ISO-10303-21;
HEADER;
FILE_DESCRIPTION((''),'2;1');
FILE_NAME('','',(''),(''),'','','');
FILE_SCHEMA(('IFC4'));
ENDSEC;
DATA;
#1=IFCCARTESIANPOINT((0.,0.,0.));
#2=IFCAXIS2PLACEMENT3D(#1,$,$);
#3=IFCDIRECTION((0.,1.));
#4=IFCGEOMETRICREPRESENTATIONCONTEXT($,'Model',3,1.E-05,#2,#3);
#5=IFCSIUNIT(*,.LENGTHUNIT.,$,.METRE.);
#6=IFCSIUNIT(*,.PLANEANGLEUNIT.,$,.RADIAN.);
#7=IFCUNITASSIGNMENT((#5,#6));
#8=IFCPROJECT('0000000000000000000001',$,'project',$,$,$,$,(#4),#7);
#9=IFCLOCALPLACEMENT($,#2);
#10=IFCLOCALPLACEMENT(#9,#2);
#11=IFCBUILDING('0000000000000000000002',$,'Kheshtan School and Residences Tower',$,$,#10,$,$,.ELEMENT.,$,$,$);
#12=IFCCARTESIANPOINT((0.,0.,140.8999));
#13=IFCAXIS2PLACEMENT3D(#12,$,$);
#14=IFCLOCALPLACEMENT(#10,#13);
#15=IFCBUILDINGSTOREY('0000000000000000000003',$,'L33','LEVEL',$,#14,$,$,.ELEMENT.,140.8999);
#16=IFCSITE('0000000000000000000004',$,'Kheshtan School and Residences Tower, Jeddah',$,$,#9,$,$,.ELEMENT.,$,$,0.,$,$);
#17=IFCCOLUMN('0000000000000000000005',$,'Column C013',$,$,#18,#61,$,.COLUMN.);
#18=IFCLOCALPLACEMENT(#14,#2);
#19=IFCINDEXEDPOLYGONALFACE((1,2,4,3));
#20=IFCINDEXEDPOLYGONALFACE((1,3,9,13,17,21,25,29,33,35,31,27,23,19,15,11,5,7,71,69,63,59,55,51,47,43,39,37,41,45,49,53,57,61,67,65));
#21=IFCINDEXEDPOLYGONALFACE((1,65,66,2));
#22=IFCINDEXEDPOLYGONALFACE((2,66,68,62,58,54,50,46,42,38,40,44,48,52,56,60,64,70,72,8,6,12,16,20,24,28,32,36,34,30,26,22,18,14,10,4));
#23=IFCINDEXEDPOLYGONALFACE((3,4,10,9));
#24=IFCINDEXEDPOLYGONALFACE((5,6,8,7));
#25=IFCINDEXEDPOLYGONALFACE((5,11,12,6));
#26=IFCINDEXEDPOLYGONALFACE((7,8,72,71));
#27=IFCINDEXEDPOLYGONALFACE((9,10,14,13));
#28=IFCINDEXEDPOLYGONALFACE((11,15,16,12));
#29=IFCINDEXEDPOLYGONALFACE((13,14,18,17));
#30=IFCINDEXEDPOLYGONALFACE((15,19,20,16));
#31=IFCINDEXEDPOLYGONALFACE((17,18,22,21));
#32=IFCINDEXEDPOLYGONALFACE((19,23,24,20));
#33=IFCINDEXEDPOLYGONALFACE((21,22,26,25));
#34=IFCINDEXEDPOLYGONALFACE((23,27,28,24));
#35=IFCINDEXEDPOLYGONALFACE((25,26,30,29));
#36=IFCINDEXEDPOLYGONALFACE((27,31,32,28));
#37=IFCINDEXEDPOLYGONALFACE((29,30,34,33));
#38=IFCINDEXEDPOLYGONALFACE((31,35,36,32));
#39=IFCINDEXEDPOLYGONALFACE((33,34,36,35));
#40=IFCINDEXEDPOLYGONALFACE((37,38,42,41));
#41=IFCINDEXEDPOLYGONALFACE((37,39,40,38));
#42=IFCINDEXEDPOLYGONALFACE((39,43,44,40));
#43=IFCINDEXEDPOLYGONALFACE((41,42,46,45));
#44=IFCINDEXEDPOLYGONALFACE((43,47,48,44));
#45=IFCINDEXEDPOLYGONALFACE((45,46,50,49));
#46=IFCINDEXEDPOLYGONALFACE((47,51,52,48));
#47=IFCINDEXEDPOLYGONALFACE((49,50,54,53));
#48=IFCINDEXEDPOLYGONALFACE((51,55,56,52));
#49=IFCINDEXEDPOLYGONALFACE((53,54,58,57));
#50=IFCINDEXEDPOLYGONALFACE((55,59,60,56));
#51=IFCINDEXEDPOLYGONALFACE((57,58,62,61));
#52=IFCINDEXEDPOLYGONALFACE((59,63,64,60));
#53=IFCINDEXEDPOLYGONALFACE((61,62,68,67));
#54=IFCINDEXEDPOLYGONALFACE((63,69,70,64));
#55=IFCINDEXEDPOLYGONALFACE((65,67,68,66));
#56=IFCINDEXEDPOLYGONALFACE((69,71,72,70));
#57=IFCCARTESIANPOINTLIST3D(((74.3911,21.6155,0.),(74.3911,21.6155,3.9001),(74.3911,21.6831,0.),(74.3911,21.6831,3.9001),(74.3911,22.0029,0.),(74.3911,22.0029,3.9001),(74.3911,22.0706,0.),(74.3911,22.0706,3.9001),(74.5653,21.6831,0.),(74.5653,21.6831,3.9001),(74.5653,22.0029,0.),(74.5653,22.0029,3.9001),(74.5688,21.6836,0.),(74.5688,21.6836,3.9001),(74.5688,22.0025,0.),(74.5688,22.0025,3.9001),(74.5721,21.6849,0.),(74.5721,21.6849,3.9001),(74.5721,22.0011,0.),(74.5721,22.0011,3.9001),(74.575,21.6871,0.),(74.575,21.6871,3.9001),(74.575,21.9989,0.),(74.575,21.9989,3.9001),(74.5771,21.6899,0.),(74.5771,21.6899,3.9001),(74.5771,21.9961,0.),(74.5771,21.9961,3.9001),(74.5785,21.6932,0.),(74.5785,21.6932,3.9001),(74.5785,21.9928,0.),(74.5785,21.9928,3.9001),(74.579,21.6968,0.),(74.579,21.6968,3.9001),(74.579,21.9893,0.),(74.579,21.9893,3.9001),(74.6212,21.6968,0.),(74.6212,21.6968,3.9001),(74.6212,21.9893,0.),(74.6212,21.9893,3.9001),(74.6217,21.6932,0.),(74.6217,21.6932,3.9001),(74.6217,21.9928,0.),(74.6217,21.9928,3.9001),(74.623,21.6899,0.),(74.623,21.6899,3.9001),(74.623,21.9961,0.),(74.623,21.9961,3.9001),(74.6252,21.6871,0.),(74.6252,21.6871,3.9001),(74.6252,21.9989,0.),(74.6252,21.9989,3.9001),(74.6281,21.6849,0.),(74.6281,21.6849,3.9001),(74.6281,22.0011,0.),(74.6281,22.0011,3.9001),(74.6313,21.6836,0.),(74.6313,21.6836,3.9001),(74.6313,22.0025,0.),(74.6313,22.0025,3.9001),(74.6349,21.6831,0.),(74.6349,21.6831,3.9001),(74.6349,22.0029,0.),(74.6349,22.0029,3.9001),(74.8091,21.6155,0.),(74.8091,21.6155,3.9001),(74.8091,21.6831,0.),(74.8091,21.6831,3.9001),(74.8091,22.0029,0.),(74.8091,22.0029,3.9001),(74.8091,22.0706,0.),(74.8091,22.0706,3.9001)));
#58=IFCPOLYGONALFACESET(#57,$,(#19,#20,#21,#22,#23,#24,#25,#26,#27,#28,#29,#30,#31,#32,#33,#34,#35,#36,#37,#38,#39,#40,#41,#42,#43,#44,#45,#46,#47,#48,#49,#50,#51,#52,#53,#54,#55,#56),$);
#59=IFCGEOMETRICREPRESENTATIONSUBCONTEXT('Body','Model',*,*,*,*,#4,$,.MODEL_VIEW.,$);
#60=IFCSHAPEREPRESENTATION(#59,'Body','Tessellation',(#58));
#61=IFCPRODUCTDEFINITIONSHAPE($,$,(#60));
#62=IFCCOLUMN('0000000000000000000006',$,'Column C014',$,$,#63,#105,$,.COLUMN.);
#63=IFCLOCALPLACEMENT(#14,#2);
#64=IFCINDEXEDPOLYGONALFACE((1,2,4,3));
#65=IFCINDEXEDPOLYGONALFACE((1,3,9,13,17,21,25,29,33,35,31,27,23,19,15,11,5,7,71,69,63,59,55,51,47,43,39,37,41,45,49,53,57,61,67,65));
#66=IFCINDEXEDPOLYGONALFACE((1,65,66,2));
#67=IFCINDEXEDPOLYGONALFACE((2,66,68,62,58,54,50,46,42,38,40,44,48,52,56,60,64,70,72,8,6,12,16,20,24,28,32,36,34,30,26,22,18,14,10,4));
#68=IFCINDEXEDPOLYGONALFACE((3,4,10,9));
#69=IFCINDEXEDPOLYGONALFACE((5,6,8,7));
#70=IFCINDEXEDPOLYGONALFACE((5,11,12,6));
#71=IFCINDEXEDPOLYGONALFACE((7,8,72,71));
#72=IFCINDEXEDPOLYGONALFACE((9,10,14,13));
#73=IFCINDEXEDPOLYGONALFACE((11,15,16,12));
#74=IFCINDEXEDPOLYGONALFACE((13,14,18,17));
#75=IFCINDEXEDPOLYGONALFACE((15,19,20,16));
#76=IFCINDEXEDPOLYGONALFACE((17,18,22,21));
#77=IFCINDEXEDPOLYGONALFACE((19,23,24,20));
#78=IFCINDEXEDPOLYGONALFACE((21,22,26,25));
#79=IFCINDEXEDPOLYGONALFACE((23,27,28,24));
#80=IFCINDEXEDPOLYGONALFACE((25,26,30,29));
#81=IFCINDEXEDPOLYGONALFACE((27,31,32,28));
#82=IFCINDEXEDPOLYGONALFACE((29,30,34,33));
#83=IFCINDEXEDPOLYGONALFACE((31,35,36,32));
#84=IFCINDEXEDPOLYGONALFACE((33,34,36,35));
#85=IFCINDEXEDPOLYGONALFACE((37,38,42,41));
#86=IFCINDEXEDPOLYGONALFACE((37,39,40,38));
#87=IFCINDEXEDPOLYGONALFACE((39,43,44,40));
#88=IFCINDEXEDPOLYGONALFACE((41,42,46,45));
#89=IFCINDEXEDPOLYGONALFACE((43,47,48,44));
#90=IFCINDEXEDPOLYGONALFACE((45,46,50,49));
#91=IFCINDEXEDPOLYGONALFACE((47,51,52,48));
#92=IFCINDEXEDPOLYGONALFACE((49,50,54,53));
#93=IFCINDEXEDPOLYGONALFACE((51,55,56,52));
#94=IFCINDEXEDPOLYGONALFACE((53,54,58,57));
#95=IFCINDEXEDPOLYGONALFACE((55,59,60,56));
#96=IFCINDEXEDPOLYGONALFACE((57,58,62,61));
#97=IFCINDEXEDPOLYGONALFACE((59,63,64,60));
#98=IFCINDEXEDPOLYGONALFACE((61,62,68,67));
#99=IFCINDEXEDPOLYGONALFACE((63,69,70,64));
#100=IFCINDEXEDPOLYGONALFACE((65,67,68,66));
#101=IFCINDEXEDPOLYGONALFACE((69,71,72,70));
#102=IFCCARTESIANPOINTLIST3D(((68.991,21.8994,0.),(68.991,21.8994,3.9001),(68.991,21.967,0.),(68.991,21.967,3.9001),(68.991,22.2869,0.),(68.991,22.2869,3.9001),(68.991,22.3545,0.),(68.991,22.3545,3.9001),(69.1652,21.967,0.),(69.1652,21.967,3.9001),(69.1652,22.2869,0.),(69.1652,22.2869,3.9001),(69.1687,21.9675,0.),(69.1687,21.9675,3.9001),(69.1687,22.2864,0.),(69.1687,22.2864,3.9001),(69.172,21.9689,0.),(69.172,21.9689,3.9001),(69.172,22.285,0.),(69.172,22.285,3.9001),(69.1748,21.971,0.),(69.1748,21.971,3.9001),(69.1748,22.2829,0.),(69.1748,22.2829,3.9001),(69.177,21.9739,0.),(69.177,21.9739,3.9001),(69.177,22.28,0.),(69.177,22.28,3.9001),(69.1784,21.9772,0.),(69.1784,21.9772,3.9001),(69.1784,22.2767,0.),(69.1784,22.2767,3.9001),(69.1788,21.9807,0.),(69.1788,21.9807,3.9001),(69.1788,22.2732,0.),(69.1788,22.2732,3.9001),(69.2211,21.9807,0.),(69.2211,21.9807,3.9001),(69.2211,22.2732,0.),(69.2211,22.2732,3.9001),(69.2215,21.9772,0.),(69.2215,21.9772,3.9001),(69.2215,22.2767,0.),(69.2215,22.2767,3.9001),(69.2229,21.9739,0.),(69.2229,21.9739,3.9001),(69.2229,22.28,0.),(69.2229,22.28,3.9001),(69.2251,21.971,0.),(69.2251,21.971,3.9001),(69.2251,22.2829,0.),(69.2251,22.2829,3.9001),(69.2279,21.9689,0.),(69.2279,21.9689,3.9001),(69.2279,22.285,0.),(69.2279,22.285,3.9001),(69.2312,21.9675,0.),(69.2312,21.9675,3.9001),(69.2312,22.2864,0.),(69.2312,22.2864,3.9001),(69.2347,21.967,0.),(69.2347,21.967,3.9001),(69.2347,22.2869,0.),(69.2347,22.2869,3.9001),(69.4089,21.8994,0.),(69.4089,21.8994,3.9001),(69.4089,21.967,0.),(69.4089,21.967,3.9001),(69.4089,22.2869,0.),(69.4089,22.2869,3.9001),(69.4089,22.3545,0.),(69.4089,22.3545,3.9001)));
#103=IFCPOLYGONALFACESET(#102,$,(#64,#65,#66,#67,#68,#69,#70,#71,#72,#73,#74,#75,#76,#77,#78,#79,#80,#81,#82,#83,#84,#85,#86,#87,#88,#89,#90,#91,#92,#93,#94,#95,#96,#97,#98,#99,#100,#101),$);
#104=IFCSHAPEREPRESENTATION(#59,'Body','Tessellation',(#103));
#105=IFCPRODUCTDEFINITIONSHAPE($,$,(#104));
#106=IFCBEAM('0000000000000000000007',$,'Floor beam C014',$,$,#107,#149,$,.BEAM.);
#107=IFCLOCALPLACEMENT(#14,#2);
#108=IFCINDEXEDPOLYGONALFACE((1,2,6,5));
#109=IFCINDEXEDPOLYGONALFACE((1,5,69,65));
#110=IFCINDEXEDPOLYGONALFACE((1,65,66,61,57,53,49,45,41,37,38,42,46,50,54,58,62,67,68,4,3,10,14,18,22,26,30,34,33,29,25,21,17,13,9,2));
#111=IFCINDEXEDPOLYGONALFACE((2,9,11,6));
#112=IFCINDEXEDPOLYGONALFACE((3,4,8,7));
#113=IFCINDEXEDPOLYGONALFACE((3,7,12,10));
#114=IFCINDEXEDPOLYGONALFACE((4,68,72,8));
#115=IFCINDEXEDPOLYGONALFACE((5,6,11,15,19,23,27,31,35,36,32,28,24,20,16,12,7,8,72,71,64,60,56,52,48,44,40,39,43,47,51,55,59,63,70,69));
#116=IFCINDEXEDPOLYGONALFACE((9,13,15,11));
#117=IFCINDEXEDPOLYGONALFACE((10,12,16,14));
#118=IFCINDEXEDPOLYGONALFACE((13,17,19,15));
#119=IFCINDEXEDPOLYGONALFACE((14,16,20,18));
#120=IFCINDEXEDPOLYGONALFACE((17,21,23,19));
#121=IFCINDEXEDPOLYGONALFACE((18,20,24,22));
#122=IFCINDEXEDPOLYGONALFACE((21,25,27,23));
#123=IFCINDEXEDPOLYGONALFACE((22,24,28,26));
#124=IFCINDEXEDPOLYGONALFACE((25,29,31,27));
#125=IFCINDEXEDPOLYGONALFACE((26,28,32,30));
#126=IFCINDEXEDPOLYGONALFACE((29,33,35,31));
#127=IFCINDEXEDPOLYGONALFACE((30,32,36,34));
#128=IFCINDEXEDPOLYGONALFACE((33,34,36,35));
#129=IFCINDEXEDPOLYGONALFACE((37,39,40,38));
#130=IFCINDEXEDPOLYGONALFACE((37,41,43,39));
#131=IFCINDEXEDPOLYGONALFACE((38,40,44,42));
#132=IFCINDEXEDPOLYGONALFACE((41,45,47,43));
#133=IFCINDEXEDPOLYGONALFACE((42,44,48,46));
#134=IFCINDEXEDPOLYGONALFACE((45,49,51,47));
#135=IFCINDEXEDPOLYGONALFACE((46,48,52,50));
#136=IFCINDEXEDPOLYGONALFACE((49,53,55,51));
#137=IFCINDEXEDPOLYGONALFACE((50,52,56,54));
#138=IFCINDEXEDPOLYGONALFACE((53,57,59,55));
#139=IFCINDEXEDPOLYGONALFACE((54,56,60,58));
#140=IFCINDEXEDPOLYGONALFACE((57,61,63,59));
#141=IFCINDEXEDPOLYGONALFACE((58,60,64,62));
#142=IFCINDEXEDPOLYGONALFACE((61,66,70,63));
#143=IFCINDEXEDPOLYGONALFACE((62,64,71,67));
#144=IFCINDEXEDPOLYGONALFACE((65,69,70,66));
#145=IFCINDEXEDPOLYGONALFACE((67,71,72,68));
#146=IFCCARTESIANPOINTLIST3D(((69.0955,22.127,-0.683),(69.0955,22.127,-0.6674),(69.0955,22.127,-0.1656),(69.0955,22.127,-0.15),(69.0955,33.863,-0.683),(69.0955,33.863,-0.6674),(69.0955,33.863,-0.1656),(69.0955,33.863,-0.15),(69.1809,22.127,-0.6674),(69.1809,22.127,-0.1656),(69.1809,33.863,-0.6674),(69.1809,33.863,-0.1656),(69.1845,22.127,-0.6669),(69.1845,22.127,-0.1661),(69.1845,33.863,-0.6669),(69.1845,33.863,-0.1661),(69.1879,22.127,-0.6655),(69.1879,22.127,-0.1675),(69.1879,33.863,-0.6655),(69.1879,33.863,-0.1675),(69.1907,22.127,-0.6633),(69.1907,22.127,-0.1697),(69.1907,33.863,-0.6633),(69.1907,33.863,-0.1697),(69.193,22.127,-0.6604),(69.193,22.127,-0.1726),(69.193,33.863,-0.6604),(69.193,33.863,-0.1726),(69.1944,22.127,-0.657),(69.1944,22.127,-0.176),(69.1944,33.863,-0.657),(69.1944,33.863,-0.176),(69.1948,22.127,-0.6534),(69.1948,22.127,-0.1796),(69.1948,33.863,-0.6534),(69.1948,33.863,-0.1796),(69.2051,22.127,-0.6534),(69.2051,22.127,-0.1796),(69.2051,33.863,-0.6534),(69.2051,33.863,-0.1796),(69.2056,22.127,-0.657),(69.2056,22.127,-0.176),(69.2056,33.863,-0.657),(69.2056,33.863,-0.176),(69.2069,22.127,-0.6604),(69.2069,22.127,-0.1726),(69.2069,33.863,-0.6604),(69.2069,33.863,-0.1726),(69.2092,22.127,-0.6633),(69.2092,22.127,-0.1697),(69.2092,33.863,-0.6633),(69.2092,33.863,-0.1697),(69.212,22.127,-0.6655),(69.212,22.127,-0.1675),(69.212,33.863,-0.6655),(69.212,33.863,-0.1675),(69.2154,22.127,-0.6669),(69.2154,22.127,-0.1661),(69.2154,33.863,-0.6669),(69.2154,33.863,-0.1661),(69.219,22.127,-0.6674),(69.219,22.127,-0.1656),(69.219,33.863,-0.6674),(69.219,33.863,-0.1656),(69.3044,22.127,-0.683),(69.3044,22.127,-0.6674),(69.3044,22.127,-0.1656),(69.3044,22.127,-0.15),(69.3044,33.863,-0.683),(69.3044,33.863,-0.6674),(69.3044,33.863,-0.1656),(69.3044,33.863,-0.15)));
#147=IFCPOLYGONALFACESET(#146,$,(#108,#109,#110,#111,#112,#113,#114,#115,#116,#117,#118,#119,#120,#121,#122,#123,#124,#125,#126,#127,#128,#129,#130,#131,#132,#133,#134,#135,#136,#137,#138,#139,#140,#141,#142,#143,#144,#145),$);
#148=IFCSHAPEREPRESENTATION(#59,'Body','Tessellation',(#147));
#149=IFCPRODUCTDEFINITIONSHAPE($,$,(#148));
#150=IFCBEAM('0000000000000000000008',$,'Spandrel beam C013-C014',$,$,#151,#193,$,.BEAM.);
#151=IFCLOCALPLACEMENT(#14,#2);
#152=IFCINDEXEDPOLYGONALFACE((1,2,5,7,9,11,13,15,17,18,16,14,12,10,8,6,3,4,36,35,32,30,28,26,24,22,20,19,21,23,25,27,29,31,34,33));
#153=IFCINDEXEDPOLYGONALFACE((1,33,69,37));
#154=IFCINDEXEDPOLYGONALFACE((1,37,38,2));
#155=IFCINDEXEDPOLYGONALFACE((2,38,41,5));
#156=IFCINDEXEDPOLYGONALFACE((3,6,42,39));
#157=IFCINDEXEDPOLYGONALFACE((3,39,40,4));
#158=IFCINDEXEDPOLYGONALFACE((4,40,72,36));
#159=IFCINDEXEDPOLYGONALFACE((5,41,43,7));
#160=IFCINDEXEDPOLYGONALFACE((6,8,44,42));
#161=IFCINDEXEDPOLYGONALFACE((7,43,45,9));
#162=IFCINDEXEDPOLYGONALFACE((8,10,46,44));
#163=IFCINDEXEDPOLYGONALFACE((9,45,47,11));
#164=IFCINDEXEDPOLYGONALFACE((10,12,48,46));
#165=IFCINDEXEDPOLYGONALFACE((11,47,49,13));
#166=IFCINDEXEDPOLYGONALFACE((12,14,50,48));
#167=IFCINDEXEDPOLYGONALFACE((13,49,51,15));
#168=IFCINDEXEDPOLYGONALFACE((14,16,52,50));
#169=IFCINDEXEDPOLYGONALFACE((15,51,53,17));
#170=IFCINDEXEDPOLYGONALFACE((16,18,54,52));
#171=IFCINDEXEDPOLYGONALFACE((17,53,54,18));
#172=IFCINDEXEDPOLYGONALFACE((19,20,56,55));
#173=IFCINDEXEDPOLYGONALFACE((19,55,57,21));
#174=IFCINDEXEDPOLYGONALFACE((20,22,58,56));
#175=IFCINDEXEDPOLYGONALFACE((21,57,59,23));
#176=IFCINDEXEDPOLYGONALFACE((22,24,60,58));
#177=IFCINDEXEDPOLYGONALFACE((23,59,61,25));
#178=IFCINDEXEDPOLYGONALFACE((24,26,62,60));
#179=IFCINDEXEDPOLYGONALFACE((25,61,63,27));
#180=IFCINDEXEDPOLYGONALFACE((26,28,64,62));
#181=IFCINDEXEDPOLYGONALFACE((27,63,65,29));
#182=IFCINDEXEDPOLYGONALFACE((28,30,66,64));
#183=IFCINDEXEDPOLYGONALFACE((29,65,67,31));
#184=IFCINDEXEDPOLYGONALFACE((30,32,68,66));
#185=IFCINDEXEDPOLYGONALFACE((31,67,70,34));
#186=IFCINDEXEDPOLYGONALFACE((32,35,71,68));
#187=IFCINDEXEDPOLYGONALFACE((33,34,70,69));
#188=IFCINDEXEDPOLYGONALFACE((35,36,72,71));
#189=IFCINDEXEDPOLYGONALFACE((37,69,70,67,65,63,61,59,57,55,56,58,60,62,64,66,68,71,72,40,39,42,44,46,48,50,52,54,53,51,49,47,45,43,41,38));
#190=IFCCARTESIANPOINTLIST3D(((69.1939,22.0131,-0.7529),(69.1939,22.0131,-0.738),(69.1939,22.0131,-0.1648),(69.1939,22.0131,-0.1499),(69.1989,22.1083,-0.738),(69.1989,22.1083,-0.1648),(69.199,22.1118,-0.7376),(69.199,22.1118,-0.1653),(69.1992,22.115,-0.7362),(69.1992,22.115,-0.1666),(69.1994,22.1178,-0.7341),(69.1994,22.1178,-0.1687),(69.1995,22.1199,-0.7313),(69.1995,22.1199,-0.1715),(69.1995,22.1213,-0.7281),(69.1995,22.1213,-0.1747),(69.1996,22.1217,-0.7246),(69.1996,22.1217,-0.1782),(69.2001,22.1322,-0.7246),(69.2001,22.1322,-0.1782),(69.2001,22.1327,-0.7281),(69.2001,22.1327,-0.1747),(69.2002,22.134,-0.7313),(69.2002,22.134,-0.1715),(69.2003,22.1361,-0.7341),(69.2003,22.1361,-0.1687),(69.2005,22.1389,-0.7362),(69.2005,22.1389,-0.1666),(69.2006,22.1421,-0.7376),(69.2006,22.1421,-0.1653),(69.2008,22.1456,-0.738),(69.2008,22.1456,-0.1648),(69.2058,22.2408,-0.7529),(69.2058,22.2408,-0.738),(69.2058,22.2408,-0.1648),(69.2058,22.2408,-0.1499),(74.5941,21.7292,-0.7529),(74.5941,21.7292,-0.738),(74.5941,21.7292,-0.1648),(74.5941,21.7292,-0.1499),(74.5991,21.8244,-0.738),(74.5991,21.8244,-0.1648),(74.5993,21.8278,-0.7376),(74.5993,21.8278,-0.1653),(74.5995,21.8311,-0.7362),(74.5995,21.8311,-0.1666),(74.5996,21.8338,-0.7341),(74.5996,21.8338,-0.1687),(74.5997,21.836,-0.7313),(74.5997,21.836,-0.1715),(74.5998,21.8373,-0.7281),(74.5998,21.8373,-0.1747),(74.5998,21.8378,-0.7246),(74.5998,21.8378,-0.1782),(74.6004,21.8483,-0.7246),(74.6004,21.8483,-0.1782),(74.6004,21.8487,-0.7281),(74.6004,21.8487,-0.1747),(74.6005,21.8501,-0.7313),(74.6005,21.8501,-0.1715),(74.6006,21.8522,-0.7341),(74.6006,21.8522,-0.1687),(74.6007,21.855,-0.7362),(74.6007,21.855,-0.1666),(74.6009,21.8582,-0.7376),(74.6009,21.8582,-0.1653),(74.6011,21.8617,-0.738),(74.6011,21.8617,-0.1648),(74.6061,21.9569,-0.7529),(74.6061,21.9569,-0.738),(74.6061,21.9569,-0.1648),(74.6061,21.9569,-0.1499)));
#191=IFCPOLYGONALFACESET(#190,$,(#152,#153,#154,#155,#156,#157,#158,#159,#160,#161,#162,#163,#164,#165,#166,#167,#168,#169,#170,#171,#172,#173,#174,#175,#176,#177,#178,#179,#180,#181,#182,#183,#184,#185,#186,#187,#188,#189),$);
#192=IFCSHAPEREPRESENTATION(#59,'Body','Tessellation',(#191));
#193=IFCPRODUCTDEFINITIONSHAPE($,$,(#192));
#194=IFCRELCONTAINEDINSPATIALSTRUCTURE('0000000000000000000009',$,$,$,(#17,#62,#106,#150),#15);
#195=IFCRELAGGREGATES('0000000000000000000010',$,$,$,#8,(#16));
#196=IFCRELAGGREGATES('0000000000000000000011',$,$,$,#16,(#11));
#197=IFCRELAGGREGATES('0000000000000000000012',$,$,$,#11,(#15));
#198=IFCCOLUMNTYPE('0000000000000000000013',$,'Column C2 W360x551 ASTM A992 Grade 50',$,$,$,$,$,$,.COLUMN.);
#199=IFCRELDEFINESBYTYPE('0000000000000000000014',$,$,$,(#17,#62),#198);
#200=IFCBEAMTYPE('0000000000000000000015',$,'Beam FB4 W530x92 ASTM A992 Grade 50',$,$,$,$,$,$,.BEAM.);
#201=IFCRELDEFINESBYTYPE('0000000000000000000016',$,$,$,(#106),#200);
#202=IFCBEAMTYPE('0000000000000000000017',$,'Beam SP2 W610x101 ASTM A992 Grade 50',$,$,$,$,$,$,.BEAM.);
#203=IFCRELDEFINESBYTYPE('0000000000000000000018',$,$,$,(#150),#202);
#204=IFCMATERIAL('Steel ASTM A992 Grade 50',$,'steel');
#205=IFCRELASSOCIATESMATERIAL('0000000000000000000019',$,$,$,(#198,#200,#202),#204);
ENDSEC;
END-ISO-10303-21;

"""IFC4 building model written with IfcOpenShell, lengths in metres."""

from ifc_helpers import new_model, si_unit, direction, frame, origin, origin_2d, place, context, subcontext, project, spatial, i_section, extrude, material, material_profile, profile_set, type_object, element, save


model = new_model("IFC4")

# Units and contexts
model_context = context("Model", 3, precision=1e-05, world=origin(), true_north=direction((0.0, 1.0)))
body_context = subcontext(model_context, "Body", "Model", "MODEL_VIEW")
ifc_project = project(units=[si_unit("LENGTHUNIT", "METRE"), si_unit("PLANEANGLEUNIT", "RADIAN")], contexts=[model_context])

# Site, building, storey
site_placement = place(None, origin())
site = spatial("IfcSite", under=ifc_project, at=site_placement, Name="Kheshtan School and Residences Tower, Jeddah", CompositionType="ELEMENT", RefElevation=0.0)
building_placement = place(site_placement, origin())
building = spatial("IfcBuilding", under=site, at=building_placement, Name="Kheshtan School and Residences Tower", CompositionType="ELEMENT")
storey_placement = place(building_placement, frame((0.0, 0.0, 140.8999)))
storey = spatial("IfcBuildingStorey", under=building, at=storey_placement, Name="L33", Description="LEVEL", CompositionType="ELEMENT", Elevation=140.8999)

# Columns
ifc_material_1 = material(Name="Steel ASTM A992 Grade 50", Category="steel")
ifc_material_profile_1 = material_profile(ifc_material_1, i_section(OverallWidth=0.418, OverallDepth=0.4551, WebThickness=0.0422, FlangeThickness=0.0676, FilletRadius=0.0137, at=origin_2d()), Name="W360x551")
ifc_profile_set_1 = profile_set([ifc_material_profile_1], Name="Steel ASTM A992 Grade 50")
column_type = type_object("IfcColumnType", Name="Column C2 W360x551 ASTM A992 Grade 50", PredefinedType="COLUMN", material=ifc_profile_set_1)
for number, where, z_axis, x_axis, name in (
    (1, (74.6001, 21.843, 0.0), (0.0, 0.0, 1.0), (1.0, 0.0, 0.0), "Column C013"),
    (2, (69.2, 22.127, 0.0), (0.0, 0.0, 1.0), (1.0, 0.0, 0.0), "Column C014"),
):
    element("IfcColumn", number, at=place(storey_placement, frame(where, z_axis=z_axis, x_axis=x_axis)), inside=storey, type_object=column_type, Name=name, PredefinedType="COLUMN", context=body_context, shape_type="SweptSolid", body=[
        extrude(i_section(OverallWidth=0.418, OverallDepth=0.4551, WebThickness=0.0422, FlangeThickness=0.0676, FilletRadius=0.0137, at=origin_2d()), origin(), (0.0, 0.0, 1.0), 3.9001),
    ])

# Beams
ifc_material_profile_2 = material_profile(ifc_material_1, i_section(OverallWidth=0.209, OverallDepth=0.533, WebThickness=0.0103, FlangeThickness=0.0156, FilletRadius=0.0139, at=origin_2d()), Name="W530x92")
ifc_profile_set_2 = profile_set([ifc_material_profile_2], Name="Steel ASTM A992 Grade 50")
beam_type_1 = type_object("IfcBeamType", Name="Beam FB4 W530x92 ASTM A992 Grade 50", PredefinedType="BEAM", material=ifc_profile_set_2)
beam_1_placement = place(storey_placement, frame((69.2, 22.127, -0.4165), z_axis=(0.0, 1.0, 0.0), x_axis=(-1.0, 0.0, 0.0)))
element("IfcBeam", 3, at=beam_1_placement, inside=storey, type_object=beam_type_1, Name="Floor beam C014", PredefinedType="BEAM", context=body_context, shape_type="SweptSolid", body=[
    extrude(i_section(OverallWidth=0.209, OverallDepth=0.533, WebThickness=0.0103, FlangeThickness=0.0156, FilletRadius=0.0139, at=origin_2d()), origin(), (0.0, 0.0, 1.0), 11.7361),
])
ifc_material_profile_3 = material_profile(ifc_material_1, i_section(OverallWidth=0.228, OverallDepth=0.603, WebThickness=0.0105, FlangeThickness=0.0149, FilletRadius=0.0134, at=origin_2d()), Name="W610x101")
ifc_profile_set_3 = profile_set([ifc_material_profile_3], Name="Steel ASTM A992 Grade 50")
beam_type_2 = type_object("IfcBeamType", Name="Beam SP2 W610x101 ASTM A992 Grade 50", PredefinedType="BEAM", material=ifc_profile_set_3)
beam_2_placement = place(storey_placement, frame((74.6001, 21.843, -0.4514), z_axis=(-0.998621, 0.052507, 0.0), x_axis=(-0.052507, -0.998621, 0.0)))
element("IfcBeam", 4, at=beam_2_placement, inside=storey, type_object=beam_type_2, Name="Spandrel beam C013-C014", PredefinedType="BEAM", context=body_context, shape_type="SweptSolid", body=[
    extrude(i_section(OverallWidth=0.228, OverallDepth=0.603, WebThickness=0.0105, FlangeThickness=0.0149, FilletRadius=0.0134, at=origin_2d()), origin(), (0.0, 0.0, 1.0), 5.4077),
])

save(model, "model.ifc")
